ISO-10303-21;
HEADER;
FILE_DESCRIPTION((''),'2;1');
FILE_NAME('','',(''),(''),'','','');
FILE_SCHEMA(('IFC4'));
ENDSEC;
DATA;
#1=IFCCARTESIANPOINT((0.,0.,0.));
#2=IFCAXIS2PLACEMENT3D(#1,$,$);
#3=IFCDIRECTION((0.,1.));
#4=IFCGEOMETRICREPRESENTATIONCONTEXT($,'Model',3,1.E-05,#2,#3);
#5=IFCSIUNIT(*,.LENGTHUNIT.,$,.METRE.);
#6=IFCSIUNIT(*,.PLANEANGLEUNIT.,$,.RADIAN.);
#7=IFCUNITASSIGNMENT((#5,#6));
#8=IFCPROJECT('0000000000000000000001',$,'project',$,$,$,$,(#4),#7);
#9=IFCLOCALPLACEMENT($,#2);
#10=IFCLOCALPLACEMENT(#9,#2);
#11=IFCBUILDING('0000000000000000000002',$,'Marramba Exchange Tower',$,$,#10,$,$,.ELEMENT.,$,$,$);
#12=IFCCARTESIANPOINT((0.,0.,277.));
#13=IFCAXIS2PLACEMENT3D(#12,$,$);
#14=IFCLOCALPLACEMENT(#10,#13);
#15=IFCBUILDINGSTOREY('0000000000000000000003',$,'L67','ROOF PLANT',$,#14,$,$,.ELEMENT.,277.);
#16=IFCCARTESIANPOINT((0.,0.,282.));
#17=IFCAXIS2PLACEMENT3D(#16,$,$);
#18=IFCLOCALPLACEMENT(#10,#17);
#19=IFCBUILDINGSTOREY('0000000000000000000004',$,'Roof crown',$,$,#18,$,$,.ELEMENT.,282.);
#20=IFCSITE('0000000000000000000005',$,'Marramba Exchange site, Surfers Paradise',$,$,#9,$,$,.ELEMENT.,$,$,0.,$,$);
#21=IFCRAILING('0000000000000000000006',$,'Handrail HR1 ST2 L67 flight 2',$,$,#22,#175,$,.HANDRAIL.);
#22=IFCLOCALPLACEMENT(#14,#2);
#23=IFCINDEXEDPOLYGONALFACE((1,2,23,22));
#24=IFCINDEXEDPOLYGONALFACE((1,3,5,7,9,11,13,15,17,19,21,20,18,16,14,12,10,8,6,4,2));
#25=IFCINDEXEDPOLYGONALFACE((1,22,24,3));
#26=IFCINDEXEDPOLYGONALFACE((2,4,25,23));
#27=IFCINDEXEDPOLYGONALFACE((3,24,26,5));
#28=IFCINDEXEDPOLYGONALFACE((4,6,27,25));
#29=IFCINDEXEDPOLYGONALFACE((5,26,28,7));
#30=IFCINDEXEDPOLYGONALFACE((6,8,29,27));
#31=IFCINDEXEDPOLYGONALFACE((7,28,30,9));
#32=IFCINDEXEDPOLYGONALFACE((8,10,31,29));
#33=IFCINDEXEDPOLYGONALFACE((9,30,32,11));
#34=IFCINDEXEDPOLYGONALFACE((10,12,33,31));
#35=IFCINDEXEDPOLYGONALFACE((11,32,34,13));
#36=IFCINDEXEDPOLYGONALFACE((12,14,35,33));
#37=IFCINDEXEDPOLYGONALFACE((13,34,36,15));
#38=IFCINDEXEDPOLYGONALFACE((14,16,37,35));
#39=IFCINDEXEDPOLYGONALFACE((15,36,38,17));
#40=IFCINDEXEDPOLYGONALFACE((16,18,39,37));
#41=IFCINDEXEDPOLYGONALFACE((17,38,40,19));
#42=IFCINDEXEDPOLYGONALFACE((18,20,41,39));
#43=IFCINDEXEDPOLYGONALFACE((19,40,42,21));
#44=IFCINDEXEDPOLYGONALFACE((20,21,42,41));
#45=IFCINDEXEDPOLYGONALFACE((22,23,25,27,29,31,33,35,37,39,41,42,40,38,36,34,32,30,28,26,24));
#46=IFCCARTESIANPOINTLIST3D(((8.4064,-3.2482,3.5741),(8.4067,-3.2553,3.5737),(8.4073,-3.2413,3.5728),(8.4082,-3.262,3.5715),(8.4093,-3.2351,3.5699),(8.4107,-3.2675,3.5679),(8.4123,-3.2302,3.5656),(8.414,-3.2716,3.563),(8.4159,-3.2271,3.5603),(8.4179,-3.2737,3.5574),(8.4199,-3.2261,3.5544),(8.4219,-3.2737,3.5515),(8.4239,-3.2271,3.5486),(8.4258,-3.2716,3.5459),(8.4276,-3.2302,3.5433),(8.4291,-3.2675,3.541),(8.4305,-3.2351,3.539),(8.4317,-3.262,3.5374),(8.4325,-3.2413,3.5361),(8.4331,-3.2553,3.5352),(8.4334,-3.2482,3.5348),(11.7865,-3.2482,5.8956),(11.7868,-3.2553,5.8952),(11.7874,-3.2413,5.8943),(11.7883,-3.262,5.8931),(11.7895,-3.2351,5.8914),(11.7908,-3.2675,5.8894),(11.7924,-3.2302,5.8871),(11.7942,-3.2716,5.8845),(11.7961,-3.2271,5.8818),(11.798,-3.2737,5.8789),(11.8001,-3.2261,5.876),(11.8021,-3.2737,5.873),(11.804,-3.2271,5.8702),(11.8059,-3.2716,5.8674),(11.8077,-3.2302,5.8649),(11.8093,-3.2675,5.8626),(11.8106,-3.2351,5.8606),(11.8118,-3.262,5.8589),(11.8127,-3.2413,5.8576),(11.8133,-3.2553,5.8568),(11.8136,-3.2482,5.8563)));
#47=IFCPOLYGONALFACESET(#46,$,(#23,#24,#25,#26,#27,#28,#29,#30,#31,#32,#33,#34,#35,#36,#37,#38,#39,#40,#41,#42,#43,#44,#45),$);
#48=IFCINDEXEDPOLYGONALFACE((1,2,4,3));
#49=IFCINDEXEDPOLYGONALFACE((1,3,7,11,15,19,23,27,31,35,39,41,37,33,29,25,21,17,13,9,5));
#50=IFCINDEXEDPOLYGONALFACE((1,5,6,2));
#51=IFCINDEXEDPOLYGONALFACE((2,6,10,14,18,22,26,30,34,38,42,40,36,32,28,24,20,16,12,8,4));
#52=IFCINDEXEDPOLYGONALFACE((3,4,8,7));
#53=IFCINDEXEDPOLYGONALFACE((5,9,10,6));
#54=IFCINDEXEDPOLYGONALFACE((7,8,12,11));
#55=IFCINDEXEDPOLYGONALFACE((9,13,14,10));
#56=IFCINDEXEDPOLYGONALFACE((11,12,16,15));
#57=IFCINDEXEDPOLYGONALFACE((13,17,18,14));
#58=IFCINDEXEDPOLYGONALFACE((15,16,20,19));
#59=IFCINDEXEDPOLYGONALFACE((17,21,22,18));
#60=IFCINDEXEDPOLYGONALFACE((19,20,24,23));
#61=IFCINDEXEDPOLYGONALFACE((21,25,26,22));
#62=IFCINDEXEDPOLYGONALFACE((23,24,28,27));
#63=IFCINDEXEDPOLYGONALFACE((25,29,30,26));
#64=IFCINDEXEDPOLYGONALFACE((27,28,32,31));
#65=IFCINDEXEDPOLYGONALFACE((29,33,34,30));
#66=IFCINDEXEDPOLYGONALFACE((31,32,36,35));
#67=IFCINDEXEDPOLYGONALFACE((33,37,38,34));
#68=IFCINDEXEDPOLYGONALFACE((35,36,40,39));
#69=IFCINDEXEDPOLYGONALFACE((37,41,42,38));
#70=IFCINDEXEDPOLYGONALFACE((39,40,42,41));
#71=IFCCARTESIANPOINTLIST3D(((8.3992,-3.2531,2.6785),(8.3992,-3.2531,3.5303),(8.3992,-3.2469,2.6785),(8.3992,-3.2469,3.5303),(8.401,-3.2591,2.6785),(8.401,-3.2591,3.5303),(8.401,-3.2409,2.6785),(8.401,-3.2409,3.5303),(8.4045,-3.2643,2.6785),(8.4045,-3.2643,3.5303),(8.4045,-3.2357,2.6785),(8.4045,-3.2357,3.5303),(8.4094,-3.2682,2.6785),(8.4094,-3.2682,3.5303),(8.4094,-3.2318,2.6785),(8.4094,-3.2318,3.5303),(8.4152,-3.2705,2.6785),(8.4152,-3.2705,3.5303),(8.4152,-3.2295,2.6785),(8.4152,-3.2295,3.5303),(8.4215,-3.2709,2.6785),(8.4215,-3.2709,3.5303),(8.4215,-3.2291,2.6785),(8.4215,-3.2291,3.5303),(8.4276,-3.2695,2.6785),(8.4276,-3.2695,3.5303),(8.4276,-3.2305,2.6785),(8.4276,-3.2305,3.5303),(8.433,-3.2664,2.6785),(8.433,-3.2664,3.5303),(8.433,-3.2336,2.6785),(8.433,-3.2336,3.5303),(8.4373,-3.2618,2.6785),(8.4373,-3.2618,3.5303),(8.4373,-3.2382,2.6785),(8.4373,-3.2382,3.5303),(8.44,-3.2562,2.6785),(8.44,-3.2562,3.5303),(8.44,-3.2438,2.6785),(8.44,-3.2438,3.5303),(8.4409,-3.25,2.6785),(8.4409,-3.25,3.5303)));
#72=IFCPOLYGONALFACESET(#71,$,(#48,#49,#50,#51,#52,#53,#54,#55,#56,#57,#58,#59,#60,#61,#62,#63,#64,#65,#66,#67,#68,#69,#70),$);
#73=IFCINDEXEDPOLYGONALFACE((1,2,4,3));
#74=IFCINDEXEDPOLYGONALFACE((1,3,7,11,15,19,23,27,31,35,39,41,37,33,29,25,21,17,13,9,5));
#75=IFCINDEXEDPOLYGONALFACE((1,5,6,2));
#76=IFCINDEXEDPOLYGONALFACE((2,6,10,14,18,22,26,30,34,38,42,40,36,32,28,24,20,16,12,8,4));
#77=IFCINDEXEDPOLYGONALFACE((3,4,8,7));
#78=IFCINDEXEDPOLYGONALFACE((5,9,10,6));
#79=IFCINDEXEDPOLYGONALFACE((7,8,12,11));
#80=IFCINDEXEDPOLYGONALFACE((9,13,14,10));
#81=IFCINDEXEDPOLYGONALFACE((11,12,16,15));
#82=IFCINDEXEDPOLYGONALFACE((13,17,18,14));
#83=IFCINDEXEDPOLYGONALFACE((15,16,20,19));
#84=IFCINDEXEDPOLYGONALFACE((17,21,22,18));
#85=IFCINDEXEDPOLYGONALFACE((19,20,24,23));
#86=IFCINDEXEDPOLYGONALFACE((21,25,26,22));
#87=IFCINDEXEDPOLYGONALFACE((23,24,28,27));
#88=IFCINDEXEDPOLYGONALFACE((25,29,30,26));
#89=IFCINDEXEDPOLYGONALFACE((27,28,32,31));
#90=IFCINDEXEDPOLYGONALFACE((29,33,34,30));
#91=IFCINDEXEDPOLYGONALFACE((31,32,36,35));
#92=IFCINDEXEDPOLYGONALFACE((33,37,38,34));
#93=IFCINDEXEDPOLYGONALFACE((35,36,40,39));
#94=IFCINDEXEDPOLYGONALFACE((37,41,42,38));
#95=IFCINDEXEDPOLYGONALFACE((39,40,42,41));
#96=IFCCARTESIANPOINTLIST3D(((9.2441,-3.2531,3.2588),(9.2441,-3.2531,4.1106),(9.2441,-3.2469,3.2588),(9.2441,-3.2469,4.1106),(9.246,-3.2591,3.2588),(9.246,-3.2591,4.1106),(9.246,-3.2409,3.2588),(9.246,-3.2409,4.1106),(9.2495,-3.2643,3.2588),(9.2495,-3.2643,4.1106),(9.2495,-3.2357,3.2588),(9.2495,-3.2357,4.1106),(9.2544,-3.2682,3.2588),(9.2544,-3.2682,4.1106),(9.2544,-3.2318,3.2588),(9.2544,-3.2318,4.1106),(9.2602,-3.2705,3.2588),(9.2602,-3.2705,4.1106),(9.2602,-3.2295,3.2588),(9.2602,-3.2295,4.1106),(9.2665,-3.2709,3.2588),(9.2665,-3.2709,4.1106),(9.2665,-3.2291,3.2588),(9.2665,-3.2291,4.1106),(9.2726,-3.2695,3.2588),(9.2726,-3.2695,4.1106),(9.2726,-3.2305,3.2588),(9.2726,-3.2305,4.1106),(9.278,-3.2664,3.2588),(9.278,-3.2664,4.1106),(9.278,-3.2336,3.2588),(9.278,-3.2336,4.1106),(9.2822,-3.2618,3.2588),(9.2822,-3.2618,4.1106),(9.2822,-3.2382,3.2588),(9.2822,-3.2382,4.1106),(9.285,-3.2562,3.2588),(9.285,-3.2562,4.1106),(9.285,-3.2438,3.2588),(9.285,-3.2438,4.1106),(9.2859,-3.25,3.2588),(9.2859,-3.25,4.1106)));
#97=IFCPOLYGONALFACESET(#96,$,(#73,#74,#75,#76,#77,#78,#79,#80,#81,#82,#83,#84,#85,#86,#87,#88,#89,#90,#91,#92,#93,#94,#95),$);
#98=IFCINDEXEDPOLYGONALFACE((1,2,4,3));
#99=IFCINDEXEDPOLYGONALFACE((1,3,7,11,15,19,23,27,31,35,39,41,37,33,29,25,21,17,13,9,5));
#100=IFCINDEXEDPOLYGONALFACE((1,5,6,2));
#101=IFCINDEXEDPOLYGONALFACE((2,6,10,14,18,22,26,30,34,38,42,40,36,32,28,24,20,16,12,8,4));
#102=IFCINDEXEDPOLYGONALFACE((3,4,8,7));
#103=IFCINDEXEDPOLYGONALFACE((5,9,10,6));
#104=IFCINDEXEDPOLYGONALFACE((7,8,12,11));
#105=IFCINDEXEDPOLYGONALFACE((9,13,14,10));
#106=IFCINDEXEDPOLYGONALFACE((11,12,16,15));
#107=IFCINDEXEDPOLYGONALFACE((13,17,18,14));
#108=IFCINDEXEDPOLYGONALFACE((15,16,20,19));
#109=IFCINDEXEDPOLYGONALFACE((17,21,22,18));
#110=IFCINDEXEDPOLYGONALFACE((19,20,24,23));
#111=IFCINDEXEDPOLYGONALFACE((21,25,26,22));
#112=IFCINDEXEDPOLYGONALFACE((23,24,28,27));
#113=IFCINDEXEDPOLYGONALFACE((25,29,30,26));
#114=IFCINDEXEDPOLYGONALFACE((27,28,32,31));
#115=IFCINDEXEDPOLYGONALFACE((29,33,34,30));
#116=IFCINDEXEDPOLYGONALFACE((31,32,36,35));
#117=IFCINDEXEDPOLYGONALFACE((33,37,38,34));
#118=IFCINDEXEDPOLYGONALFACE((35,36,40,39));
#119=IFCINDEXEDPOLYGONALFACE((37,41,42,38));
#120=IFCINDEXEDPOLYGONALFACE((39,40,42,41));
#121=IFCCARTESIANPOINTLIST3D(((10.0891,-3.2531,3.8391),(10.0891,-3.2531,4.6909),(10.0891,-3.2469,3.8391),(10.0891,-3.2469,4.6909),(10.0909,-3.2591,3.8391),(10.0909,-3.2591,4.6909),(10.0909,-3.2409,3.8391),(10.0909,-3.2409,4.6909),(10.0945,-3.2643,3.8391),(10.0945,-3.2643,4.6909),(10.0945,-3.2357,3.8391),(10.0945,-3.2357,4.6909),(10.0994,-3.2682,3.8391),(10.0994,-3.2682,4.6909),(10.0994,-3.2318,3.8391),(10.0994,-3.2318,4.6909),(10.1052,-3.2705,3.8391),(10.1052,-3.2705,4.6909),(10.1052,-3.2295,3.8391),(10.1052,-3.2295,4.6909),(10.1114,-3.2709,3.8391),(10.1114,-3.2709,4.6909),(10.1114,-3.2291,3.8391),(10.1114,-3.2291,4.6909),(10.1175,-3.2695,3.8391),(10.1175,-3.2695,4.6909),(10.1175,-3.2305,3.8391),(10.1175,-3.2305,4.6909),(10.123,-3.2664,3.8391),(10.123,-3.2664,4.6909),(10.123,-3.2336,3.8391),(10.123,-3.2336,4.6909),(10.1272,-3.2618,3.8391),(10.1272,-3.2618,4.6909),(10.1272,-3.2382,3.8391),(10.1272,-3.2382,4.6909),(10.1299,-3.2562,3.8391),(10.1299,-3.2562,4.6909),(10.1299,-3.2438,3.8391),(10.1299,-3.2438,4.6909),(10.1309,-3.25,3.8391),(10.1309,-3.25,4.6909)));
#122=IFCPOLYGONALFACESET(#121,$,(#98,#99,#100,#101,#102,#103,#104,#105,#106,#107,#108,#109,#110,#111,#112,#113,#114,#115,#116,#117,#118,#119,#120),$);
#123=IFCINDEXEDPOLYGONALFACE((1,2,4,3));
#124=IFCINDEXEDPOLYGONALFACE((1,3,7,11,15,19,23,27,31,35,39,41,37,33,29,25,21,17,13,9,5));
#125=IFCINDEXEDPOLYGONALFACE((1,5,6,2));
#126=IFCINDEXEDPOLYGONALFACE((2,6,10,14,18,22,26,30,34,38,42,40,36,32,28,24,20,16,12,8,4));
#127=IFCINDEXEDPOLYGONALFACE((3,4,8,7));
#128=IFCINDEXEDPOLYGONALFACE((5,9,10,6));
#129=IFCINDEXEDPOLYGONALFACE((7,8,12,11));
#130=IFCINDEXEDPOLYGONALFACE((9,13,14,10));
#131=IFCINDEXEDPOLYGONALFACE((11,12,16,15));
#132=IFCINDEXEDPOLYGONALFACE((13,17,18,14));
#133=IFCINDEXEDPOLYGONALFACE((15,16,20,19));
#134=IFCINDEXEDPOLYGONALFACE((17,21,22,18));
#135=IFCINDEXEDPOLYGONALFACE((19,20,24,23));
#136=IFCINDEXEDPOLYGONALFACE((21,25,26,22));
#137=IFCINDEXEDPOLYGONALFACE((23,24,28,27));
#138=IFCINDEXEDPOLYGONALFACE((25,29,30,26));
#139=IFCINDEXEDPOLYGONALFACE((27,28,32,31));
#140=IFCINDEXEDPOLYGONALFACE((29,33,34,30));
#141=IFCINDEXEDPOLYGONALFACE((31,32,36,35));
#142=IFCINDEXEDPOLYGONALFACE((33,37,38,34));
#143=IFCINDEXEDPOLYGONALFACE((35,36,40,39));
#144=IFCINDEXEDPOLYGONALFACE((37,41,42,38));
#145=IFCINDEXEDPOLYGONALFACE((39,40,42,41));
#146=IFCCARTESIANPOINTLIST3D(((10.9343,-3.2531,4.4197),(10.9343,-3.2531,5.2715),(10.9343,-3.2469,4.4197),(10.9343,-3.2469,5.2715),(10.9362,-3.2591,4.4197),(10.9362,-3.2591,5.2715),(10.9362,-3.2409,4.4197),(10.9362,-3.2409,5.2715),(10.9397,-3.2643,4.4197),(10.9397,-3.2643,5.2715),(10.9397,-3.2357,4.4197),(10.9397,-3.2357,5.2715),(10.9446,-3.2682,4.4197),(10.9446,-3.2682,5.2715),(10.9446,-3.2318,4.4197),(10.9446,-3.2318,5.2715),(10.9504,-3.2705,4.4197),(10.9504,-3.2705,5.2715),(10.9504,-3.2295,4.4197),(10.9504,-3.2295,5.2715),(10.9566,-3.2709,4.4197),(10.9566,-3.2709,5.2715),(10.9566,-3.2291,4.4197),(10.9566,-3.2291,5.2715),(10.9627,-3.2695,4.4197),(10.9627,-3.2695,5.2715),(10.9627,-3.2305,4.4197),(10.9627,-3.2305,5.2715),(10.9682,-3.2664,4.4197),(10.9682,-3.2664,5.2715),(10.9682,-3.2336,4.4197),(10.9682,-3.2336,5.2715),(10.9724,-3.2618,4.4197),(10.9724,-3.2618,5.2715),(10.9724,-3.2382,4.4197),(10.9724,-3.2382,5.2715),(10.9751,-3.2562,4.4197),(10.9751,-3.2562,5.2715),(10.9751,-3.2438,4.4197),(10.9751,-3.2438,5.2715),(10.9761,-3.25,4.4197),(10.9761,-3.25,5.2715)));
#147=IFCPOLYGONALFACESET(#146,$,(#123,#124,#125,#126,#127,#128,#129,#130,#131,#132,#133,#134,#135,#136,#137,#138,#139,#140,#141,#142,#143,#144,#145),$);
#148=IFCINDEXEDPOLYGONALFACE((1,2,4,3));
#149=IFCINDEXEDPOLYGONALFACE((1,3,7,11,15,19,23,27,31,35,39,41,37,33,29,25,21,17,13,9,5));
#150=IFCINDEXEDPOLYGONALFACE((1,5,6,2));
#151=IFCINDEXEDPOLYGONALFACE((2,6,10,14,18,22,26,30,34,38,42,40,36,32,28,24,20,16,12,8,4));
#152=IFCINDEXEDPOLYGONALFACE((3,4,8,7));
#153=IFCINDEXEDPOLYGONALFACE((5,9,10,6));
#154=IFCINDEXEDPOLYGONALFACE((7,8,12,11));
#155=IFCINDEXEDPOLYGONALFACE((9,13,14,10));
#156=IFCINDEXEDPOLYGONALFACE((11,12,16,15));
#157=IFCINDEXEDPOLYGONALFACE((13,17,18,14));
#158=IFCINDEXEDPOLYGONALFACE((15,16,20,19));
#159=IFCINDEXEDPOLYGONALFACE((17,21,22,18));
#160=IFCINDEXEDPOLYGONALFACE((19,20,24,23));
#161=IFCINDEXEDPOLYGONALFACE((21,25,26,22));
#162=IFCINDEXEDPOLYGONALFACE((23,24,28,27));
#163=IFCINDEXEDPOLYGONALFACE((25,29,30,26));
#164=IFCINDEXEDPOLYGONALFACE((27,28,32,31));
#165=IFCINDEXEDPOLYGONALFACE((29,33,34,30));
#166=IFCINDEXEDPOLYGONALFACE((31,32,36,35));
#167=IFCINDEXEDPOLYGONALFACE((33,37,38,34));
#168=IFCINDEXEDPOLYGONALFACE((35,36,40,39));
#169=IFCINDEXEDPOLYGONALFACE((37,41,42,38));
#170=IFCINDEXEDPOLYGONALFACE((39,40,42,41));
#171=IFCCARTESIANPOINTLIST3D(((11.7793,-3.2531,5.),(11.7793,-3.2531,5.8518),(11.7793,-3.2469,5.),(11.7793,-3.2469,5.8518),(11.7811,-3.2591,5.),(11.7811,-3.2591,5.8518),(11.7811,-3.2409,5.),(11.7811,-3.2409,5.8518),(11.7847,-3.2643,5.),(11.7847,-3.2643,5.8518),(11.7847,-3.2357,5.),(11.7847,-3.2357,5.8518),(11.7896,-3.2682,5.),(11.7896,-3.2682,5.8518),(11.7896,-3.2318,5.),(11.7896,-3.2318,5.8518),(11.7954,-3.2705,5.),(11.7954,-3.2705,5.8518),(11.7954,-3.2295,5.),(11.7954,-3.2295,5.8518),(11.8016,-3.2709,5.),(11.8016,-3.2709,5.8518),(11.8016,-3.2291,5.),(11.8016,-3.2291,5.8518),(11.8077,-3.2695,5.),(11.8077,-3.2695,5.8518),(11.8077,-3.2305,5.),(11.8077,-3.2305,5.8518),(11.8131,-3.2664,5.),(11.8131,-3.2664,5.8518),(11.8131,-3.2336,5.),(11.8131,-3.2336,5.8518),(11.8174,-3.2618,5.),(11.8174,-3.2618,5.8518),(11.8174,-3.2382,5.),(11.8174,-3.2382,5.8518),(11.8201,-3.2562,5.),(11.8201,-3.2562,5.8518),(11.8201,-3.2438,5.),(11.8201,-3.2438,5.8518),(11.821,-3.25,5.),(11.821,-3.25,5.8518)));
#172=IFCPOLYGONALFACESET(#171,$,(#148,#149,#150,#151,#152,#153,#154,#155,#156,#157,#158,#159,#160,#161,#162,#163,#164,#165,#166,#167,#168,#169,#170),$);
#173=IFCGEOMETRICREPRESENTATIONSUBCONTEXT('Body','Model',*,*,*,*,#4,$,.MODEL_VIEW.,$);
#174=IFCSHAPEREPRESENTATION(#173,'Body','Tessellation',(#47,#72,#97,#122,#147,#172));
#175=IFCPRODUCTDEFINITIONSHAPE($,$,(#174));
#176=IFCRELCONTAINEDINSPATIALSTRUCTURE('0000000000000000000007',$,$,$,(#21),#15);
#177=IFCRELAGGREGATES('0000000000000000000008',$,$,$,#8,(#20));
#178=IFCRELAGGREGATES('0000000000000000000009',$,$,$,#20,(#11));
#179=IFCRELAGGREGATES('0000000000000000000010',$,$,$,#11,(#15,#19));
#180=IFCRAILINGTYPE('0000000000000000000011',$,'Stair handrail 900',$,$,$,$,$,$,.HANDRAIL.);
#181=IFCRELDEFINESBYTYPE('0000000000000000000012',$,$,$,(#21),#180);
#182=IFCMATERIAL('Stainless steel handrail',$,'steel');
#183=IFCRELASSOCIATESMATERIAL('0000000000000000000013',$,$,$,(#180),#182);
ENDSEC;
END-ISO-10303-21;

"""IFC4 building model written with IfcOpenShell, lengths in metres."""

from ifc_helpers import new_model, si_unit, direction, frame, origin, origin_2d, place, context, subcontext, project, spatial, circle, extrude, material, type_object, element, save


model = new_model("IFC4")

# Units and contexts
model_context = context("Model", 3, precision=1e-05, world=origin(), true_north=direction((0.0, 1.0)))
body_context = subcontext(model_context, "Body", "Model", "MODEL_VIEW")
ifc_project = project(units=[si_unit("LENGTHUNIT", "METRE"), si_unit("PLANEANGLEUNIT", "RADIAN")], contexts=[model_context])

# Site, building, storey
site_placement = place(None, origin())
site = spatial("IfcSite", under=ifc_project, at=site_placement, Name="Marramba Exchange site, Surfers Paradise", CompositionType="ELEMENT", RefElevation=0.0)
building_placement = place(site_placement, origin())
building = spatial("IfcBuilding", under=site, at=building_placement, Name="Marramba Exchange Tower", CompositionType="ELEMENT")
storey_1_placement = place(building_placement, frame((0.0, 0.0, 277.0)))
storey_1 = spatial("IfcBuildingStorey", under=building, at=storey_1_placement, Name="L67", Description="ROOF PLANT", CompositionType="ELEMENT", Elevation=277.0)

# Shared definitions
storey_2_placement = place(building_placement, frame((0.0, 0.0, 282.0)))
storey_2 = spatial("IfcBuildingStorey", under=building, at=storey_2_placement, Name="Roof crown", CompositionType="ELEMENT", Elevation=282.0)

# Railing
ifc_material_1 = material(Name="Stainless steel handrail", Category="steel")
railing_type = type_object("IfcRailingType", Name="Stair handrail 900", PredefinedType="HANDRAIL", material=ifc_material_1)
railing_placement = place(storey_1_placement, frame((8.4199, -3.25, 2.6785)))
element("IfcRailing", 1, at=railing_placement, inside=storey_1, type_object=railing_type, Name="Handrail HR1 ST2 L67 flight 2", PredefinedType="HANDRAIL", context=body_context, shape_type="SweptSolid", body=[
    extrude(circle(Radius=0.0239, at=origin_2d()), frame((0.0, 0.0, 0.876), z_axis=(0.824304, 0.0, 0.566147), x_axis=(0.0, 1.0, 0.0)), (0.0, 0.0, 1.0), 4.1006),
    extrude(circle(Radius=0.021, at=origin_2d()), origin(), (0.0, 0.0, 1.0), 0.8518),
    extrude(circle(Radius=0.021, at=origin_2d()), frame((0.845, 0.0, 0.5803)), (0.0, 0.0, 1.0), 0.8518),
    extrude(circle(Radius=0.021, at=origin_2d()), frame((1.6899, 0.0, 1.1606)), (0.0, 0.0, 1.0), 0.8518),
    extrude(circle(Radius=0.021, at=origin_2d()), frame((2.5352, 0.0, 1.7412)), (0.0, 0.0, 1.0), 0.8518),
    extrude(circle(Radius=0.021, at=origin_2d()), frame((3.3801, 0.0, 2.3215)), (0.0, 0.0, 1.0), 0.8518),
])

save(model, "model.ifc")
